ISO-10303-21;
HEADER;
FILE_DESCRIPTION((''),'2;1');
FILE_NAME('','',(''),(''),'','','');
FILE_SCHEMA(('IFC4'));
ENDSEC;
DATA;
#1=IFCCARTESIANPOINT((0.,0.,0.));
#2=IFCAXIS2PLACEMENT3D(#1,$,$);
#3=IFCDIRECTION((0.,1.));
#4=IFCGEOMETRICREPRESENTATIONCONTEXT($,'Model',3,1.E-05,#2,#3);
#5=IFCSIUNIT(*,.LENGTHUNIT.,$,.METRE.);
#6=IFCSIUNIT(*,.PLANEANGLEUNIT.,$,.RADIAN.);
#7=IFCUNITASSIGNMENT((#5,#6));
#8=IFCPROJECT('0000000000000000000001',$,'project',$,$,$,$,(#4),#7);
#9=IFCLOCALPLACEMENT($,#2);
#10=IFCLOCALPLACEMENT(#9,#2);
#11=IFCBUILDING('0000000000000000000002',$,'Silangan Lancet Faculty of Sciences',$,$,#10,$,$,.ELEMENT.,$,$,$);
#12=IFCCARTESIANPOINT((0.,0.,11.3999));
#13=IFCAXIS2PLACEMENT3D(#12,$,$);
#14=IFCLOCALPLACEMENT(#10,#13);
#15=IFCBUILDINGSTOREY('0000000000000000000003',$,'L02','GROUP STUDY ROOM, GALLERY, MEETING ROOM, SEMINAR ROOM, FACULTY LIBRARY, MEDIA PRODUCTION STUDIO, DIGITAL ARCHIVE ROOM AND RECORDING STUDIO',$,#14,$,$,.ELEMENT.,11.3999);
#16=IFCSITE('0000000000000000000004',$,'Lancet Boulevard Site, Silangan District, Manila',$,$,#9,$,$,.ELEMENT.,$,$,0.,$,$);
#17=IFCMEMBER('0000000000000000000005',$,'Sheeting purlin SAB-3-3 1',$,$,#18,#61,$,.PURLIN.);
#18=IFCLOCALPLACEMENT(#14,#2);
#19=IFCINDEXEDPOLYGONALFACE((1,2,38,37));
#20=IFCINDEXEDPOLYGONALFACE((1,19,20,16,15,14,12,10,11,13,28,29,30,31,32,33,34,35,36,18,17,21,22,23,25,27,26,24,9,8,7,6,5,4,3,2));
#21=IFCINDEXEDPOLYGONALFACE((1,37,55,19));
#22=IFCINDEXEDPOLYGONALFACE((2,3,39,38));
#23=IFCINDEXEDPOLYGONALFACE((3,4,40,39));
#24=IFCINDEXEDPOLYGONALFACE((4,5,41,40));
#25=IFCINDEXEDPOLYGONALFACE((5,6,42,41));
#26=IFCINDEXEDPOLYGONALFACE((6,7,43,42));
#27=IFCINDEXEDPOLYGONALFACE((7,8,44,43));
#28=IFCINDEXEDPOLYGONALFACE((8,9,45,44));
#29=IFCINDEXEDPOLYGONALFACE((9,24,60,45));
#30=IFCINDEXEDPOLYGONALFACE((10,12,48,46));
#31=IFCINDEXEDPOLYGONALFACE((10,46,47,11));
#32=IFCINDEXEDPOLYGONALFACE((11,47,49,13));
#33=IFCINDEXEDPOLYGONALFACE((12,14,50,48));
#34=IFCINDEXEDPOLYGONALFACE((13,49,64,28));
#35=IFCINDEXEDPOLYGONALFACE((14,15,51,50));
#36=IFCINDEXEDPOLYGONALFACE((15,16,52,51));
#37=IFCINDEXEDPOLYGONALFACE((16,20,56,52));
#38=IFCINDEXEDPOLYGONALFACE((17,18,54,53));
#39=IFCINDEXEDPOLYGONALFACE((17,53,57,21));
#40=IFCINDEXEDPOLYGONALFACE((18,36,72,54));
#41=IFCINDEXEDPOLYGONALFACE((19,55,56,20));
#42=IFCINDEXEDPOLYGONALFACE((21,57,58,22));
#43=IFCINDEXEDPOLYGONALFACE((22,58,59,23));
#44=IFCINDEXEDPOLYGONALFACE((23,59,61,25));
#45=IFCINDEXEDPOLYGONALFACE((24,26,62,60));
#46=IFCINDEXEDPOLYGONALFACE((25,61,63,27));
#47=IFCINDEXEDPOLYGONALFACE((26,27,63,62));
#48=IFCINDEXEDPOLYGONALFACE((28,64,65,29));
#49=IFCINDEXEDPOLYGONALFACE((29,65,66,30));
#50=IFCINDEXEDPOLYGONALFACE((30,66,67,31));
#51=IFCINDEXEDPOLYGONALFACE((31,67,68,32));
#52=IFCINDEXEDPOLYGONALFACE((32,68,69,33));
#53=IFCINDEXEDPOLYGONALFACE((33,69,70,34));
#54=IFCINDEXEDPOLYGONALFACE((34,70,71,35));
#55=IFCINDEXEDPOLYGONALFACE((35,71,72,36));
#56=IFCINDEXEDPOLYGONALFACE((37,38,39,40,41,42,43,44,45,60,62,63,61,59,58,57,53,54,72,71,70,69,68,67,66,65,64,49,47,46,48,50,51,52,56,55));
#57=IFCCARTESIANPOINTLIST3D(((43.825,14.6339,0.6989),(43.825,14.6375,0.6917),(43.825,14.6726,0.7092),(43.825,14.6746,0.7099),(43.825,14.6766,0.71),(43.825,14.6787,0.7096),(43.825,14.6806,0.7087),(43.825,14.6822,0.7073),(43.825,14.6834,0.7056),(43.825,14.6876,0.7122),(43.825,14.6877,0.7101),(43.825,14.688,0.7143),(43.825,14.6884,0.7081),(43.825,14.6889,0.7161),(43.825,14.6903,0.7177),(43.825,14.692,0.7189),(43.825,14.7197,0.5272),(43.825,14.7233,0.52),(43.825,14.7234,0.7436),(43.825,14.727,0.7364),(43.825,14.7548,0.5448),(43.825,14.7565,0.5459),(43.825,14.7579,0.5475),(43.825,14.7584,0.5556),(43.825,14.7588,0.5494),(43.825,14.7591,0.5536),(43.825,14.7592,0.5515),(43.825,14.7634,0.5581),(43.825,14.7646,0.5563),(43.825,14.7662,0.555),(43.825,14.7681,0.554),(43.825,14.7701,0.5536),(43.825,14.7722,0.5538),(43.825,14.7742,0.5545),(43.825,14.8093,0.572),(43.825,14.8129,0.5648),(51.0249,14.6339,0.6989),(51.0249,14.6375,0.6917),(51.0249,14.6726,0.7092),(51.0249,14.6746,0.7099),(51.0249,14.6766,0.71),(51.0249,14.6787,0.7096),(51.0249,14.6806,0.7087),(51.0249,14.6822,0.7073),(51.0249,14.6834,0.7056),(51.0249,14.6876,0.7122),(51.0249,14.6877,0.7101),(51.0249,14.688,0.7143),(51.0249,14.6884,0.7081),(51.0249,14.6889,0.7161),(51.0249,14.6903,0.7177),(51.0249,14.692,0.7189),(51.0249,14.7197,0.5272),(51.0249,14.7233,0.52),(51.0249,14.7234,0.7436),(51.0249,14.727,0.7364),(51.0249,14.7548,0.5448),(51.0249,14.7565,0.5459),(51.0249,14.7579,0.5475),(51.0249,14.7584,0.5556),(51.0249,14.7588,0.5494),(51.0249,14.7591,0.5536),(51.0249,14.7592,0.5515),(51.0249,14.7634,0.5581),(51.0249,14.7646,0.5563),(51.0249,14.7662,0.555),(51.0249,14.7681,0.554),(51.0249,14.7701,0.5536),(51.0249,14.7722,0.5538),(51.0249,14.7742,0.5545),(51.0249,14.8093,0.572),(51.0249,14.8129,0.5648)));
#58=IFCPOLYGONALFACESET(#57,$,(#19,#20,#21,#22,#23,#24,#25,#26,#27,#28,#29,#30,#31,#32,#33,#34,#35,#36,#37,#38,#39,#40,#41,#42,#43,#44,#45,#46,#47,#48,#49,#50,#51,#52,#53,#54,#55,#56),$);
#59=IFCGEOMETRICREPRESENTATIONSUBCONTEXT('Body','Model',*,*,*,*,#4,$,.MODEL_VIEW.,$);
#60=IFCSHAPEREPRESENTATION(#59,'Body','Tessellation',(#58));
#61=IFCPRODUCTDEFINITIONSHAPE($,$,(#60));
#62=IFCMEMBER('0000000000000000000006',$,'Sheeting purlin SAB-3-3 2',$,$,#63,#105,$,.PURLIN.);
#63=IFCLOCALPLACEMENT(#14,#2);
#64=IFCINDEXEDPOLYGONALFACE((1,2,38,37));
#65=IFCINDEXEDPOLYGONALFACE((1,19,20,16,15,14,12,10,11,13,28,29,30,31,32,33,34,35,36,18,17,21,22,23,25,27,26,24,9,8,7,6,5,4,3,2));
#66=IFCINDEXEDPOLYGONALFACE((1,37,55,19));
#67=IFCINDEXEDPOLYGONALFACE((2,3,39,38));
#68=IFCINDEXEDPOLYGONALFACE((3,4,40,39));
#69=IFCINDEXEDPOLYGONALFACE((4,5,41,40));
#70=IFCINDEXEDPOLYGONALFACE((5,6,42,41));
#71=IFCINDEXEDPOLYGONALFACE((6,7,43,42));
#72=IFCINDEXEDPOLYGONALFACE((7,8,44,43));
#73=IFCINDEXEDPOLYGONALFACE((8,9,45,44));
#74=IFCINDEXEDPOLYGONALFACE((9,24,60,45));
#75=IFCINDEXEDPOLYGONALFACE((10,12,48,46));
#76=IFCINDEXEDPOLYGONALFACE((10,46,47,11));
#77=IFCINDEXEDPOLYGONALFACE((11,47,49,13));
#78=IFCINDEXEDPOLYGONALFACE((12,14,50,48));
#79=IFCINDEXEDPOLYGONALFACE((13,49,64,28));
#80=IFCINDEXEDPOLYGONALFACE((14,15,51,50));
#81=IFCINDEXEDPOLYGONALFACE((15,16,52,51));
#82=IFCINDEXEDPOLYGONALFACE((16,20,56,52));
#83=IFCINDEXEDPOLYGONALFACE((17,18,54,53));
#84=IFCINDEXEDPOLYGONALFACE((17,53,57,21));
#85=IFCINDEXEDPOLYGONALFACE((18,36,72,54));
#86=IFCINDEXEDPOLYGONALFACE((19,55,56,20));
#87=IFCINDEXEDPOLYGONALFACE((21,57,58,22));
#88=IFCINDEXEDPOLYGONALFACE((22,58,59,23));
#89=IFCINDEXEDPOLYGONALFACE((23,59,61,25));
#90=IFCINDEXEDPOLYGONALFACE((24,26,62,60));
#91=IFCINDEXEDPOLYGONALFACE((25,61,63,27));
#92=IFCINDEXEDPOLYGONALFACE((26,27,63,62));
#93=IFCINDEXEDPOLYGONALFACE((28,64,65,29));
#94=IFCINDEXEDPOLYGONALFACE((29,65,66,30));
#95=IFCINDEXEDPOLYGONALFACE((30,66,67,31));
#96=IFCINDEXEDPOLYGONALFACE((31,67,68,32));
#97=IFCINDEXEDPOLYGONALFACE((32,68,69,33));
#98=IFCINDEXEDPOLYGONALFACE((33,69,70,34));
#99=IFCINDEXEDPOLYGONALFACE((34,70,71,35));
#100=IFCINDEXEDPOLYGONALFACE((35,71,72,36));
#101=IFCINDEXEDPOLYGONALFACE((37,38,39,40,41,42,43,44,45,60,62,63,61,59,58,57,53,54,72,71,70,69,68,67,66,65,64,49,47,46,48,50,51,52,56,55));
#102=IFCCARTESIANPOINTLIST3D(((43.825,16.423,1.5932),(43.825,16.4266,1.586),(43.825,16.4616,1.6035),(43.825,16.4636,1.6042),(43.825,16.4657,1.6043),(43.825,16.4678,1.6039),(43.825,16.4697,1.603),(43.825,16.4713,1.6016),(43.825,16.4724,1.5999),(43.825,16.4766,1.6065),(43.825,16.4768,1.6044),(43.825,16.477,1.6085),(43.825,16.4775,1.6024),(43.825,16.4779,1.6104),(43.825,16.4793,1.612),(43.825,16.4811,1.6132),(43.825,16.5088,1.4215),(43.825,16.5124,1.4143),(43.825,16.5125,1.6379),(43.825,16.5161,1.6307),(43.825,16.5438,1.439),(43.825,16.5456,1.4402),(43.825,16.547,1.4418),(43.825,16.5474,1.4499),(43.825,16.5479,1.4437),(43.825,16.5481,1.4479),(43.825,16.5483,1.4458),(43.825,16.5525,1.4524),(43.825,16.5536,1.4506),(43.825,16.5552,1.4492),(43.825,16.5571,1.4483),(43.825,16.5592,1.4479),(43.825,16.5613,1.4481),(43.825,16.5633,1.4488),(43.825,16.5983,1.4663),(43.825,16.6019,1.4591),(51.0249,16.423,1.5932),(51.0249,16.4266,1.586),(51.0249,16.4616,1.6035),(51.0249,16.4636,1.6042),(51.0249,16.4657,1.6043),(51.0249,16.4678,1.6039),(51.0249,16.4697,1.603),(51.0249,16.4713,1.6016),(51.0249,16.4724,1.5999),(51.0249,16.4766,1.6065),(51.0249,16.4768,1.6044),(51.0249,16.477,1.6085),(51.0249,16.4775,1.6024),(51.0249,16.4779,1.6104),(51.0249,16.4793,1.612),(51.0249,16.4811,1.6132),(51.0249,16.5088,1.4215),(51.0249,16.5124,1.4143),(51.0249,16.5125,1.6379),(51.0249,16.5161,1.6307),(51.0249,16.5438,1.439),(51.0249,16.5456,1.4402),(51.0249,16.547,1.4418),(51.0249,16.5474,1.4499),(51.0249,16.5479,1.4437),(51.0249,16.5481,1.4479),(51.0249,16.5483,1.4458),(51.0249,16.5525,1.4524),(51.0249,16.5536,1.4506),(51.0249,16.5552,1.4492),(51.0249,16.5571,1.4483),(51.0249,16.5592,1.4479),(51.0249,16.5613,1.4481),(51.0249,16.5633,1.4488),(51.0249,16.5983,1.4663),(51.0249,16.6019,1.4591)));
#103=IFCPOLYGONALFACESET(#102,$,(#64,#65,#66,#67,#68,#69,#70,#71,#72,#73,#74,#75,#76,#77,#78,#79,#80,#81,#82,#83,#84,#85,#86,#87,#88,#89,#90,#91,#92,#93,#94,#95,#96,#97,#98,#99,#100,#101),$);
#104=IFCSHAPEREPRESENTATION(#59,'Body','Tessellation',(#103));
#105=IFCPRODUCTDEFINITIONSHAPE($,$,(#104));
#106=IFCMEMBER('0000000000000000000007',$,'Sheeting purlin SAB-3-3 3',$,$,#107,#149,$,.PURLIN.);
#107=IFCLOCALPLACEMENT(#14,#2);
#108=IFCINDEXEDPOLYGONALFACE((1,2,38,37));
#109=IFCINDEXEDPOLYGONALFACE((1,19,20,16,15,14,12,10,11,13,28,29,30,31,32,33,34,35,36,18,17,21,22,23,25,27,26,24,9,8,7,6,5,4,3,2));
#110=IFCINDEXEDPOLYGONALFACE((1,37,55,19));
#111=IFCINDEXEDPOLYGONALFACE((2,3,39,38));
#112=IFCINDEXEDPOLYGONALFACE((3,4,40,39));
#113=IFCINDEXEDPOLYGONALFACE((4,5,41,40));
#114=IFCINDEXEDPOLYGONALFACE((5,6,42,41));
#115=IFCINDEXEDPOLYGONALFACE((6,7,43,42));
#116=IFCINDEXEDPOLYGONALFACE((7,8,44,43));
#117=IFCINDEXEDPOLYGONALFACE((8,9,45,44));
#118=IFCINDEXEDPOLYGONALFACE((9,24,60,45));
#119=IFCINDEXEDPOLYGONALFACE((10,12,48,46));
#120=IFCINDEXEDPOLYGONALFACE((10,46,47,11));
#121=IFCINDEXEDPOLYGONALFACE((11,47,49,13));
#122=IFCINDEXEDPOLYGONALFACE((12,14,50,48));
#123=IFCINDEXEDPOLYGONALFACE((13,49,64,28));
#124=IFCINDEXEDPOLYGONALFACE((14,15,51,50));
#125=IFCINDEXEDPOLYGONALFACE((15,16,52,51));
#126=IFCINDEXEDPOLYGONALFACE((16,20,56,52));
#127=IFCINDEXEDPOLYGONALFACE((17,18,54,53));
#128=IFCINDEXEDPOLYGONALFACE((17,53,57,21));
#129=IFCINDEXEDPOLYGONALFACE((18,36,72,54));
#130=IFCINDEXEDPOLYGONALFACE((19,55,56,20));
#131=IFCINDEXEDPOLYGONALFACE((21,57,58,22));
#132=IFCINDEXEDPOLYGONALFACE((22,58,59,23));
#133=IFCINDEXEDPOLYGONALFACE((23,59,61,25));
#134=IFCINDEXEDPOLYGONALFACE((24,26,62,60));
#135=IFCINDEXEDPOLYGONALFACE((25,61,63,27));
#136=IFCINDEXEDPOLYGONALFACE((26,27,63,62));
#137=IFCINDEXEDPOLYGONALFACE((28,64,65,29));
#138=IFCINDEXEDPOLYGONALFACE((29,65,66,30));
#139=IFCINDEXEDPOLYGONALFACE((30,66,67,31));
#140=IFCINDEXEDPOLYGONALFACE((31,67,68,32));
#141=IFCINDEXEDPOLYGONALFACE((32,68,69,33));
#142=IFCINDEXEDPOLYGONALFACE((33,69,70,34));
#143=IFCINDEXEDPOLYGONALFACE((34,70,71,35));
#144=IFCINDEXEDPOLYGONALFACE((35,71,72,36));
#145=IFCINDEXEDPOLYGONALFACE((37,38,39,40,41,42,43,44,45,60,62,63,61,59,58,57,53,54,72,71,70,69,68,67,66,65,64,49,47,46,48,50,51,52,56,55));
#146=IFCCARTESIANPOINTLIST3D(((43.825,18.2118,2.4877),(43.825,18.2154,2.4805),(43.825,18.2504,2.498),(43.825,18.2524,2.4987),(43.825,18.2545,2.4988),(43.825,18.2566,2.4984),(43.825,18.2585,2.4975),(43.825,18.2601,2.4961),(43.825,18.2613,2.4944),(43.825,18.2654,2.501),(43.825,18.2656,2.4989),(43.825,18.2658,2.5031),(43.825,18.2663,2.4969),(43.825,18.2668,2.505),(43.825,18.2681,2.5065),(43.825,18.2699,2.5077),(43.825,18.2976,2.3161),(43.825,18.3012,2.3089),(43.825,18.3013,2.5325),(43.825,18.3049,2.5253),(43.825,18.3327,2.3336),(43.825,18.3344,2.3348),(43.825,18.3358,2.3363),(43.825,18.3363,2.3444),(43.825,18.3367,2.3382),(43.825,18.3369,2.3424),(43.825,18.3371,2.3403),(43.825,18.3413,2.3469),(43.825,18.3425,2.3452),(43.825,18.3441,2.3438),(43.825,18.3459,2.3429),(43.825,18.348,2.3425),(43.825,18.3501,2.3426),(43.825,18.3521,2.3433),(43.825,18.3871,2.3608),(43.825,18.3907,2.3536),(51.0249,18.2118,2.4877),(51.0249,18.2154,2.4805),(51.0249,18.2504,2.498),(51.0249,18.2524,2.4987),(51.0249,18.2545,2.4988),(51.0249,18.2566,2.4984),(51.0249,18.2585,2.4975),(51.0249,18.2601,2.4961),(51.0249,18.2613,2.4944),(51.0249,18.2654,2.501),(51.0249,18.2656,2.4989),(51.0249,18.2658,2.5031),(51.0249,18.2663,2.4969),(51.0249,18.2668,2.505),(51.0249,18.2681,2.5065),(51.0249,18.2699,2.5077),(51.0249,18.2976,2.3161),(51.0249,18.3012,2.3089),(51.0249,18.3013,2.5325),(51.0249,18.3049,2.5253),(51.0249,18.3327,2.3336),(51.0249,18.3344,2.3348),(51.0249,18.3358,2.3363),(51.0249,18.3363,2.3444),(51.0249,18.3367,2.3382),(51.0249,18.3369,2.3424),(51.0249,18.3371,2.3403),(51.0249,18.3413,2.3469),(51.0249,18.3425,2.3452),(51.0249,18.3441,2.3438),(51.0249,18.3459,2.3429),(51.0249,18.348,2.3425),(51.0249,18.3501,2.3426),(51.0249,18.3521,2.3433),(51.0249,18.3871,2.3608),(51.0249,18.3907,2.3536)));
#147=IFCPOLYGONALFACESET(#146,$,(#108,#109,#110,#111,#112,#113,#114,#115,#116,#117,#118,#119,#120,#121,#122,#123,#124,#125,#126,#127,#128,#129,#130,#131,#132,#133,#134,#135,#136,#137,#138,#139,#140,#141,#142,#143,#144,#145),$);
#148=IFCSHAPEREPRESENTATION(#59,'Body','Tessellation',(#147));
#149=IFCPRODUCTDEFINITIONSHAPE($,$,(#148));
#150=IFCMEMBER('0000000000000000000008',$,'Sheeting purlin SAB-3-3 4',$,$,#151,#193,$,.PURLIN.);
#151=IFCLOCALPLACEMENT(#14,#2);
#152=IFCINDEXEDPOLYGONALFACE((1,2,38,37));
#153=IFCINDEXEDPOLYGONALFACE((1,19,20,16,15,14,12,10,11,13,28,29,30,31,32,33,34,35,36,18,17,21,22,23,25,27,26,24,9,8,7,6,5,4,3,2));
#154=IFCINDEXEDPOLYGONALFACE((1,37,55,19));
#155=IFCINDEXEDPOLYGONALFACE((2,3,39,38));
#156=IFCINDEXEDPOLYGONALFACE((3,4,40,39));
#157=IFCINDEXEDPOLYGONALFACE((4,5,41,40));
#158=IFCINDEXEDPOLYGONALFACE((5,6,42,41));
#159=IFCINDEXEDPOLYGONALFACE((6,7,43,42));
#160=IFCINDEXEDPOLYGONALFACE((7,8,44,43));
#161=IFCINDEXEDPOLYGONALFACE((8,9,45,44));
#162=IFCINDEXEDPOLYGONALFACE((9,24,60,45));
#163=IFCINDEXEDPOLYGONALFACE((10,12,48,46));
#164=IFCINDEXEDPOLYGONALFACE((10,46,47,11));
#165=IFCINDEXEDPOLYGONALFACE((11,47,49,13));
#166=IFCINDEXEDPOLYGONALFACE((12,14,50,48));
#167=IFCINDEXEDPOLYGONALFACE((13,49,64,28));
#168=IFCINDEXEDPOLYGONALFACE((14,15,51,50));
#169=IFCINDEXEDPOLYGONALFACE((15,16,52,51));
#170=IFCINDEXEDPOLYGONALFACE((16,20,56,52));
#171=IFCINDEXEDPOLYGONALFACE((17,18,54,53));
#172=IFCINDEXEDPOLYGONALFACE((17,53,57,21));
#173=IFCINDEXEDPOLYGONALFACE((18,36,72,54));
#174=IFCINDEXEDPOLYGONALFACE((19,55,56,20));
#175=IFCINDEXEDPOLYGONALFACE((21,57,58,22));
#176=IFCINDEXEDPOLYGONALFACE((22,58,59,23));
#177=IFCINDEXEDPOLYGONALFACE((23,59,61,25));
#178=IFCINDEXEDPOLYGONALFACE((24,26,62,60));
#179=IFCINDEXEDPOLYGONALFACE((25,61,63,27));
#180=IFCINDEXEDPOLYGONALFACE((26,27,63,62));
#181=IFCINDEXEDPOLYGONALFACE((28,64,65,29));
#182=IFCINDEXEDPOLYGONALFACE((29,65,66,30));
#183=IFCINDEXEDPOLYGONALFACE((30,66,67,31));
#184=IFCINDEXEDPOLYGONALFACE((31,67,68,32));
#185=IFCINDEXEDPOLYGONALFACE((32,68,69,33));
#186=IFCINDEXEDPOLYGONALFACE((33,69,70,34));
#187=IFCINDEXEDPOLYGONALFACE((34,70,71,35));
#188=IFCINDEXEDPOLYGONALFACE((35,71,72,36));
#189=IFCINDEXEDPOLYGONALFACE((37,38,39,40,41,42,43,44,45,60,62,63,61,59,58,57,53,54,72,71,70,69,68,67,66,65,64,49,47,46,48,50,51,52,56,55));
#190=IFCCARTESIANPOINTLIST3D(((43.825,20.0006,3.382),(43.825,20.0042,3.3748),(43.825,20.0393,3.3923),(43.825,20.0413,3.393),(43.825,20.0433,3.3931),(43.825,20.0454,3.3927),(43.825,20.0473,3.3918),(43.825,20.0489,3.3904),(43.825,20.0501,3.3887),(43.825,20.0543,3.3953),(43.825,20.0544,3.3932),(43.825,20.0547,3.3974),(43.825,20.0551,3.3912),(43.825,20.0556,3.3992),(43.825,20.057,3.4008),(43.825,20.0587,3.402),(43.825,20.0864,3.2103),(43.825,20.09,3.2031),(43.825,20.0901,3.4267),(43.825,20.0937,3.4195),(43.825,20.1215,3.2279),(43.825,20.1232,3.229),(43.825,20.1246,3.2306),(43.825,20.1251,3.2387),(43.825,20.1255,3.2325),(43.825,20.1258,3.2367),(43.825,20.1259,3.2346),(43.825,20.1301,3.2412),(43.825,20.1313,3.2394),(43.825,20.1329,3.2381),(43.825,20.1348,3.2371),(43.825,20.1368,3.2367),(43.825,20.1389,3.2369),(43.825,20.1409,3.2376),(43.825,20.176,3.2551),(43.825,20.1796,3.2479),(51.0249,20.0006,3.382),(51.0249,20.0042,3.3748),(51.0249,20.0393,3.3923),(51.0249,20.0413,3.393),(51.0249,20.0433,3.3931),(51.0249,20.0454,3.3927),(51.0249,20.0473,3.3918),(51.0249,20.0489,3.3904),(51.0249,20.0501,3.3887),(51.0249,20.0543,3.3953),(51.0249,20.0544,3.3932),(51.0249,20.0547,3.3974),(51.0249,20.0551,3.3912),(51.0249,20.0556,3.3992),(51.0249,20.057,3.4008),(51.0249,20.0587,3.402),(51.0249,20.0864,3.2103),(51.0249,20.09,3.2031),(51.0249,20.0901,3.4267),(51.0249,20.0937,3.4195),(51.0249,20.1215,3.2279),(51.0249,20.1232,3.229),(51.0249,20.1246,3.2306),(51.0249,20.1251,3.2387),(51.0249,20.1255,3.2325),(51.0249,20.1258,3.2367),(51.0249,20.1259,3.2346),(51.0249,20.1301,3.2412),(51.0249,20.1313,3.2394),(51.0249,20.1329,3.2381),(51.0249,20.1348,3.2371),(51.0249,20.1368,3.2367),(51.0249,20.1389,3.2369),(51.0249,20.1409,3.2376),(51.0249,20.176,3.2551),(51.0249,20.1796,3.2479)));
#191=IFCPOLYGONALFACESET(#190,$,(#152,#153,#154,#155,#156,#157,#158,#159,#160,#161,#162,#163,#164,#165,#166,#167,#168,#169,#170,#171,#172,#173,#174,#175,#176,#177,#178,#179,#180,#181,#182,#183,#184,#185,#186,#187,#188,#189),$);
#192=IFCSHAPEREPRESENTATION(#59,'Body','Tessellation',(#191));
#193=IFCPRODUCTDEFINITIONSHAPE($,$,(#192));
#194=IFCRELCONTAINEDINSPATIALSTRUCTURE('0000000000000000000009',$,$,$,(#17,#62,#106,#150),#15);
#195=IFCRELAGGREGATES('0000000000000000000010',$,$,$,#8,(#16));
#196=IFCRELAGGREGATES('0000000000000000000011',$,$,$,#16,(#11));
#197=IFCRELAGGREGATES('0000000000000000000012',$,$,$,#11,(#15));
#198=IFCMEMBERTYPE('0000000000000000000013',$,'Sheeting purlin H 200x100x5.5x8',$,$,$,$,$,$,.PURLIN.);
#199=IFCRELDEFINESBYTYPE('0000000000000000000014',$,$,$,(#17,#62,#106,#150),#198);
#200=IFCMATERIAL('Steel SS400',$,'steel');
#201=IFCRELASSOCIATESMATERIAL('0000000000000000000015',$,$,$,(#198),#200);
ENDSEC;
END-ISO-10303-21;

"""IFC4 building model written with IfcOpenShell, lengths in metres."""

from ifc_helpers import new_model, si_unit, direction, frame, origin, origin_2d, place, context, subcontext, project, spatial, i_section, extrude, material, material_profile, profile_set, type_object, element, save


model = new_model("IFC4")

# Units and contexts
model_context = context("Model", 3, precision=1e-05, world=origin(), true_north=direction((0.0, 1.0)))
body_context = subcontext(model_context, "Body", "Model", "MODEL_VIEW")
ifc_project = project(units=[si_unit("LENGTHUNIT", "METRE"), si_unit("PLANEANGLEUNIT", "RADIAN")], contexts=[model_context])

# Site, building, storey
site_placement = place(None, origin())
site = spatial("IfcSite", under=ifc_project, at=site_placement, Name="Lancet Boulevard Site, Silangan District, Manila", CompositionType="ELEMENT", RefElevation=0.0)
building_placement = place(site_placement, origin())
building = spatial("IfcBuilding", under=site, at=building_placement, Name="Silangan Lancet Faculty of Sciences", CompositionType="ELEMENT")
storey_placement = place(building_placement, frame((0.0, 0.0, 11.3999)))
storey = spatial("IfcBuildingStorey", under=building, at=storey_placement, Name="L02", Description="GROUP STUDY ROOM, GALLERY, MEETING ROOM, SEMINAR ROOM, FACULTY LIBRARY, MEDIA PRODUCTION STUDIO, DIGITAL ARCHIVE ROOM AND RECORDING STUDIO", CompositionType="ELEMENT", Elevation=11.3999)

# Members
ifc_material_1 = material(Name="Steel SS400", Category="steel")
ifc_material_profile_1 = material_profile(ifc_material_1, i_section(OverallWidth=0.1001, OverallDepth=0.2, WebThickness=0.0056, FlangeThickness=0.0081, FilletRadius=0.0081, at=origin_2d()), Name="H 200x100x5.5x8")
ifc_profile_set_1 = profile_set([ifc_material_profile_1], Name="Steel SS400")
member_type_1 = type_object("IfcMemberType", Name="Sheeting purlin H 200x100x5.5x8", PredefinedType="PURLIN", material=ifc_profile_set_1)
for number, where, z_axis, x_axis, name in (
    (1, (43.825, 14.7234, 0.6318), (1.0, 0.0, 0.0), (0.0, 0.894427, 0.447214), "Sheeting purlin SAB-3-3 1"),
    (2, (43.825, 16.5125, 1.5261), (1.0, 0.0, 0.0), (0.0, 0.894427, 0.447214), "Sheeting purlin SAB-3-3 2"),
    (3, (43.825, 18.3013, 2.4207), (1.0, 0.0, 0.0), (0.0, 0.894427, 0.447214), "Sheeting purlin SAB-3-3 3"),
    (4, (43.825, 20.0901, 3.3149), (1.0, 0.0, 0.0), (0.0, 0.894427, 0.447214), "Sheeting purlin SAB-3-3 4"),
):
    element("IfcMember", number, at=place(storey_placement, frame(where, z_axis=z_axis, x_axis=x_axis)), inside=storey, type_object=member_type_1, Name=name, PredefinedType="PURLIN", context=body_context, shape_type="SweptSolid", body=[
        extrude(i_section(OverallWidth=0.1001, OverallDepth=0.2, WebThickness=0.0056, FlangeThickness=0.0081, FilletRadius=0.0081, at=origin_2d()), origin(), (0.0, 0.0, 1.0), 7.2),
    ])

save(model, "model.ifc")
